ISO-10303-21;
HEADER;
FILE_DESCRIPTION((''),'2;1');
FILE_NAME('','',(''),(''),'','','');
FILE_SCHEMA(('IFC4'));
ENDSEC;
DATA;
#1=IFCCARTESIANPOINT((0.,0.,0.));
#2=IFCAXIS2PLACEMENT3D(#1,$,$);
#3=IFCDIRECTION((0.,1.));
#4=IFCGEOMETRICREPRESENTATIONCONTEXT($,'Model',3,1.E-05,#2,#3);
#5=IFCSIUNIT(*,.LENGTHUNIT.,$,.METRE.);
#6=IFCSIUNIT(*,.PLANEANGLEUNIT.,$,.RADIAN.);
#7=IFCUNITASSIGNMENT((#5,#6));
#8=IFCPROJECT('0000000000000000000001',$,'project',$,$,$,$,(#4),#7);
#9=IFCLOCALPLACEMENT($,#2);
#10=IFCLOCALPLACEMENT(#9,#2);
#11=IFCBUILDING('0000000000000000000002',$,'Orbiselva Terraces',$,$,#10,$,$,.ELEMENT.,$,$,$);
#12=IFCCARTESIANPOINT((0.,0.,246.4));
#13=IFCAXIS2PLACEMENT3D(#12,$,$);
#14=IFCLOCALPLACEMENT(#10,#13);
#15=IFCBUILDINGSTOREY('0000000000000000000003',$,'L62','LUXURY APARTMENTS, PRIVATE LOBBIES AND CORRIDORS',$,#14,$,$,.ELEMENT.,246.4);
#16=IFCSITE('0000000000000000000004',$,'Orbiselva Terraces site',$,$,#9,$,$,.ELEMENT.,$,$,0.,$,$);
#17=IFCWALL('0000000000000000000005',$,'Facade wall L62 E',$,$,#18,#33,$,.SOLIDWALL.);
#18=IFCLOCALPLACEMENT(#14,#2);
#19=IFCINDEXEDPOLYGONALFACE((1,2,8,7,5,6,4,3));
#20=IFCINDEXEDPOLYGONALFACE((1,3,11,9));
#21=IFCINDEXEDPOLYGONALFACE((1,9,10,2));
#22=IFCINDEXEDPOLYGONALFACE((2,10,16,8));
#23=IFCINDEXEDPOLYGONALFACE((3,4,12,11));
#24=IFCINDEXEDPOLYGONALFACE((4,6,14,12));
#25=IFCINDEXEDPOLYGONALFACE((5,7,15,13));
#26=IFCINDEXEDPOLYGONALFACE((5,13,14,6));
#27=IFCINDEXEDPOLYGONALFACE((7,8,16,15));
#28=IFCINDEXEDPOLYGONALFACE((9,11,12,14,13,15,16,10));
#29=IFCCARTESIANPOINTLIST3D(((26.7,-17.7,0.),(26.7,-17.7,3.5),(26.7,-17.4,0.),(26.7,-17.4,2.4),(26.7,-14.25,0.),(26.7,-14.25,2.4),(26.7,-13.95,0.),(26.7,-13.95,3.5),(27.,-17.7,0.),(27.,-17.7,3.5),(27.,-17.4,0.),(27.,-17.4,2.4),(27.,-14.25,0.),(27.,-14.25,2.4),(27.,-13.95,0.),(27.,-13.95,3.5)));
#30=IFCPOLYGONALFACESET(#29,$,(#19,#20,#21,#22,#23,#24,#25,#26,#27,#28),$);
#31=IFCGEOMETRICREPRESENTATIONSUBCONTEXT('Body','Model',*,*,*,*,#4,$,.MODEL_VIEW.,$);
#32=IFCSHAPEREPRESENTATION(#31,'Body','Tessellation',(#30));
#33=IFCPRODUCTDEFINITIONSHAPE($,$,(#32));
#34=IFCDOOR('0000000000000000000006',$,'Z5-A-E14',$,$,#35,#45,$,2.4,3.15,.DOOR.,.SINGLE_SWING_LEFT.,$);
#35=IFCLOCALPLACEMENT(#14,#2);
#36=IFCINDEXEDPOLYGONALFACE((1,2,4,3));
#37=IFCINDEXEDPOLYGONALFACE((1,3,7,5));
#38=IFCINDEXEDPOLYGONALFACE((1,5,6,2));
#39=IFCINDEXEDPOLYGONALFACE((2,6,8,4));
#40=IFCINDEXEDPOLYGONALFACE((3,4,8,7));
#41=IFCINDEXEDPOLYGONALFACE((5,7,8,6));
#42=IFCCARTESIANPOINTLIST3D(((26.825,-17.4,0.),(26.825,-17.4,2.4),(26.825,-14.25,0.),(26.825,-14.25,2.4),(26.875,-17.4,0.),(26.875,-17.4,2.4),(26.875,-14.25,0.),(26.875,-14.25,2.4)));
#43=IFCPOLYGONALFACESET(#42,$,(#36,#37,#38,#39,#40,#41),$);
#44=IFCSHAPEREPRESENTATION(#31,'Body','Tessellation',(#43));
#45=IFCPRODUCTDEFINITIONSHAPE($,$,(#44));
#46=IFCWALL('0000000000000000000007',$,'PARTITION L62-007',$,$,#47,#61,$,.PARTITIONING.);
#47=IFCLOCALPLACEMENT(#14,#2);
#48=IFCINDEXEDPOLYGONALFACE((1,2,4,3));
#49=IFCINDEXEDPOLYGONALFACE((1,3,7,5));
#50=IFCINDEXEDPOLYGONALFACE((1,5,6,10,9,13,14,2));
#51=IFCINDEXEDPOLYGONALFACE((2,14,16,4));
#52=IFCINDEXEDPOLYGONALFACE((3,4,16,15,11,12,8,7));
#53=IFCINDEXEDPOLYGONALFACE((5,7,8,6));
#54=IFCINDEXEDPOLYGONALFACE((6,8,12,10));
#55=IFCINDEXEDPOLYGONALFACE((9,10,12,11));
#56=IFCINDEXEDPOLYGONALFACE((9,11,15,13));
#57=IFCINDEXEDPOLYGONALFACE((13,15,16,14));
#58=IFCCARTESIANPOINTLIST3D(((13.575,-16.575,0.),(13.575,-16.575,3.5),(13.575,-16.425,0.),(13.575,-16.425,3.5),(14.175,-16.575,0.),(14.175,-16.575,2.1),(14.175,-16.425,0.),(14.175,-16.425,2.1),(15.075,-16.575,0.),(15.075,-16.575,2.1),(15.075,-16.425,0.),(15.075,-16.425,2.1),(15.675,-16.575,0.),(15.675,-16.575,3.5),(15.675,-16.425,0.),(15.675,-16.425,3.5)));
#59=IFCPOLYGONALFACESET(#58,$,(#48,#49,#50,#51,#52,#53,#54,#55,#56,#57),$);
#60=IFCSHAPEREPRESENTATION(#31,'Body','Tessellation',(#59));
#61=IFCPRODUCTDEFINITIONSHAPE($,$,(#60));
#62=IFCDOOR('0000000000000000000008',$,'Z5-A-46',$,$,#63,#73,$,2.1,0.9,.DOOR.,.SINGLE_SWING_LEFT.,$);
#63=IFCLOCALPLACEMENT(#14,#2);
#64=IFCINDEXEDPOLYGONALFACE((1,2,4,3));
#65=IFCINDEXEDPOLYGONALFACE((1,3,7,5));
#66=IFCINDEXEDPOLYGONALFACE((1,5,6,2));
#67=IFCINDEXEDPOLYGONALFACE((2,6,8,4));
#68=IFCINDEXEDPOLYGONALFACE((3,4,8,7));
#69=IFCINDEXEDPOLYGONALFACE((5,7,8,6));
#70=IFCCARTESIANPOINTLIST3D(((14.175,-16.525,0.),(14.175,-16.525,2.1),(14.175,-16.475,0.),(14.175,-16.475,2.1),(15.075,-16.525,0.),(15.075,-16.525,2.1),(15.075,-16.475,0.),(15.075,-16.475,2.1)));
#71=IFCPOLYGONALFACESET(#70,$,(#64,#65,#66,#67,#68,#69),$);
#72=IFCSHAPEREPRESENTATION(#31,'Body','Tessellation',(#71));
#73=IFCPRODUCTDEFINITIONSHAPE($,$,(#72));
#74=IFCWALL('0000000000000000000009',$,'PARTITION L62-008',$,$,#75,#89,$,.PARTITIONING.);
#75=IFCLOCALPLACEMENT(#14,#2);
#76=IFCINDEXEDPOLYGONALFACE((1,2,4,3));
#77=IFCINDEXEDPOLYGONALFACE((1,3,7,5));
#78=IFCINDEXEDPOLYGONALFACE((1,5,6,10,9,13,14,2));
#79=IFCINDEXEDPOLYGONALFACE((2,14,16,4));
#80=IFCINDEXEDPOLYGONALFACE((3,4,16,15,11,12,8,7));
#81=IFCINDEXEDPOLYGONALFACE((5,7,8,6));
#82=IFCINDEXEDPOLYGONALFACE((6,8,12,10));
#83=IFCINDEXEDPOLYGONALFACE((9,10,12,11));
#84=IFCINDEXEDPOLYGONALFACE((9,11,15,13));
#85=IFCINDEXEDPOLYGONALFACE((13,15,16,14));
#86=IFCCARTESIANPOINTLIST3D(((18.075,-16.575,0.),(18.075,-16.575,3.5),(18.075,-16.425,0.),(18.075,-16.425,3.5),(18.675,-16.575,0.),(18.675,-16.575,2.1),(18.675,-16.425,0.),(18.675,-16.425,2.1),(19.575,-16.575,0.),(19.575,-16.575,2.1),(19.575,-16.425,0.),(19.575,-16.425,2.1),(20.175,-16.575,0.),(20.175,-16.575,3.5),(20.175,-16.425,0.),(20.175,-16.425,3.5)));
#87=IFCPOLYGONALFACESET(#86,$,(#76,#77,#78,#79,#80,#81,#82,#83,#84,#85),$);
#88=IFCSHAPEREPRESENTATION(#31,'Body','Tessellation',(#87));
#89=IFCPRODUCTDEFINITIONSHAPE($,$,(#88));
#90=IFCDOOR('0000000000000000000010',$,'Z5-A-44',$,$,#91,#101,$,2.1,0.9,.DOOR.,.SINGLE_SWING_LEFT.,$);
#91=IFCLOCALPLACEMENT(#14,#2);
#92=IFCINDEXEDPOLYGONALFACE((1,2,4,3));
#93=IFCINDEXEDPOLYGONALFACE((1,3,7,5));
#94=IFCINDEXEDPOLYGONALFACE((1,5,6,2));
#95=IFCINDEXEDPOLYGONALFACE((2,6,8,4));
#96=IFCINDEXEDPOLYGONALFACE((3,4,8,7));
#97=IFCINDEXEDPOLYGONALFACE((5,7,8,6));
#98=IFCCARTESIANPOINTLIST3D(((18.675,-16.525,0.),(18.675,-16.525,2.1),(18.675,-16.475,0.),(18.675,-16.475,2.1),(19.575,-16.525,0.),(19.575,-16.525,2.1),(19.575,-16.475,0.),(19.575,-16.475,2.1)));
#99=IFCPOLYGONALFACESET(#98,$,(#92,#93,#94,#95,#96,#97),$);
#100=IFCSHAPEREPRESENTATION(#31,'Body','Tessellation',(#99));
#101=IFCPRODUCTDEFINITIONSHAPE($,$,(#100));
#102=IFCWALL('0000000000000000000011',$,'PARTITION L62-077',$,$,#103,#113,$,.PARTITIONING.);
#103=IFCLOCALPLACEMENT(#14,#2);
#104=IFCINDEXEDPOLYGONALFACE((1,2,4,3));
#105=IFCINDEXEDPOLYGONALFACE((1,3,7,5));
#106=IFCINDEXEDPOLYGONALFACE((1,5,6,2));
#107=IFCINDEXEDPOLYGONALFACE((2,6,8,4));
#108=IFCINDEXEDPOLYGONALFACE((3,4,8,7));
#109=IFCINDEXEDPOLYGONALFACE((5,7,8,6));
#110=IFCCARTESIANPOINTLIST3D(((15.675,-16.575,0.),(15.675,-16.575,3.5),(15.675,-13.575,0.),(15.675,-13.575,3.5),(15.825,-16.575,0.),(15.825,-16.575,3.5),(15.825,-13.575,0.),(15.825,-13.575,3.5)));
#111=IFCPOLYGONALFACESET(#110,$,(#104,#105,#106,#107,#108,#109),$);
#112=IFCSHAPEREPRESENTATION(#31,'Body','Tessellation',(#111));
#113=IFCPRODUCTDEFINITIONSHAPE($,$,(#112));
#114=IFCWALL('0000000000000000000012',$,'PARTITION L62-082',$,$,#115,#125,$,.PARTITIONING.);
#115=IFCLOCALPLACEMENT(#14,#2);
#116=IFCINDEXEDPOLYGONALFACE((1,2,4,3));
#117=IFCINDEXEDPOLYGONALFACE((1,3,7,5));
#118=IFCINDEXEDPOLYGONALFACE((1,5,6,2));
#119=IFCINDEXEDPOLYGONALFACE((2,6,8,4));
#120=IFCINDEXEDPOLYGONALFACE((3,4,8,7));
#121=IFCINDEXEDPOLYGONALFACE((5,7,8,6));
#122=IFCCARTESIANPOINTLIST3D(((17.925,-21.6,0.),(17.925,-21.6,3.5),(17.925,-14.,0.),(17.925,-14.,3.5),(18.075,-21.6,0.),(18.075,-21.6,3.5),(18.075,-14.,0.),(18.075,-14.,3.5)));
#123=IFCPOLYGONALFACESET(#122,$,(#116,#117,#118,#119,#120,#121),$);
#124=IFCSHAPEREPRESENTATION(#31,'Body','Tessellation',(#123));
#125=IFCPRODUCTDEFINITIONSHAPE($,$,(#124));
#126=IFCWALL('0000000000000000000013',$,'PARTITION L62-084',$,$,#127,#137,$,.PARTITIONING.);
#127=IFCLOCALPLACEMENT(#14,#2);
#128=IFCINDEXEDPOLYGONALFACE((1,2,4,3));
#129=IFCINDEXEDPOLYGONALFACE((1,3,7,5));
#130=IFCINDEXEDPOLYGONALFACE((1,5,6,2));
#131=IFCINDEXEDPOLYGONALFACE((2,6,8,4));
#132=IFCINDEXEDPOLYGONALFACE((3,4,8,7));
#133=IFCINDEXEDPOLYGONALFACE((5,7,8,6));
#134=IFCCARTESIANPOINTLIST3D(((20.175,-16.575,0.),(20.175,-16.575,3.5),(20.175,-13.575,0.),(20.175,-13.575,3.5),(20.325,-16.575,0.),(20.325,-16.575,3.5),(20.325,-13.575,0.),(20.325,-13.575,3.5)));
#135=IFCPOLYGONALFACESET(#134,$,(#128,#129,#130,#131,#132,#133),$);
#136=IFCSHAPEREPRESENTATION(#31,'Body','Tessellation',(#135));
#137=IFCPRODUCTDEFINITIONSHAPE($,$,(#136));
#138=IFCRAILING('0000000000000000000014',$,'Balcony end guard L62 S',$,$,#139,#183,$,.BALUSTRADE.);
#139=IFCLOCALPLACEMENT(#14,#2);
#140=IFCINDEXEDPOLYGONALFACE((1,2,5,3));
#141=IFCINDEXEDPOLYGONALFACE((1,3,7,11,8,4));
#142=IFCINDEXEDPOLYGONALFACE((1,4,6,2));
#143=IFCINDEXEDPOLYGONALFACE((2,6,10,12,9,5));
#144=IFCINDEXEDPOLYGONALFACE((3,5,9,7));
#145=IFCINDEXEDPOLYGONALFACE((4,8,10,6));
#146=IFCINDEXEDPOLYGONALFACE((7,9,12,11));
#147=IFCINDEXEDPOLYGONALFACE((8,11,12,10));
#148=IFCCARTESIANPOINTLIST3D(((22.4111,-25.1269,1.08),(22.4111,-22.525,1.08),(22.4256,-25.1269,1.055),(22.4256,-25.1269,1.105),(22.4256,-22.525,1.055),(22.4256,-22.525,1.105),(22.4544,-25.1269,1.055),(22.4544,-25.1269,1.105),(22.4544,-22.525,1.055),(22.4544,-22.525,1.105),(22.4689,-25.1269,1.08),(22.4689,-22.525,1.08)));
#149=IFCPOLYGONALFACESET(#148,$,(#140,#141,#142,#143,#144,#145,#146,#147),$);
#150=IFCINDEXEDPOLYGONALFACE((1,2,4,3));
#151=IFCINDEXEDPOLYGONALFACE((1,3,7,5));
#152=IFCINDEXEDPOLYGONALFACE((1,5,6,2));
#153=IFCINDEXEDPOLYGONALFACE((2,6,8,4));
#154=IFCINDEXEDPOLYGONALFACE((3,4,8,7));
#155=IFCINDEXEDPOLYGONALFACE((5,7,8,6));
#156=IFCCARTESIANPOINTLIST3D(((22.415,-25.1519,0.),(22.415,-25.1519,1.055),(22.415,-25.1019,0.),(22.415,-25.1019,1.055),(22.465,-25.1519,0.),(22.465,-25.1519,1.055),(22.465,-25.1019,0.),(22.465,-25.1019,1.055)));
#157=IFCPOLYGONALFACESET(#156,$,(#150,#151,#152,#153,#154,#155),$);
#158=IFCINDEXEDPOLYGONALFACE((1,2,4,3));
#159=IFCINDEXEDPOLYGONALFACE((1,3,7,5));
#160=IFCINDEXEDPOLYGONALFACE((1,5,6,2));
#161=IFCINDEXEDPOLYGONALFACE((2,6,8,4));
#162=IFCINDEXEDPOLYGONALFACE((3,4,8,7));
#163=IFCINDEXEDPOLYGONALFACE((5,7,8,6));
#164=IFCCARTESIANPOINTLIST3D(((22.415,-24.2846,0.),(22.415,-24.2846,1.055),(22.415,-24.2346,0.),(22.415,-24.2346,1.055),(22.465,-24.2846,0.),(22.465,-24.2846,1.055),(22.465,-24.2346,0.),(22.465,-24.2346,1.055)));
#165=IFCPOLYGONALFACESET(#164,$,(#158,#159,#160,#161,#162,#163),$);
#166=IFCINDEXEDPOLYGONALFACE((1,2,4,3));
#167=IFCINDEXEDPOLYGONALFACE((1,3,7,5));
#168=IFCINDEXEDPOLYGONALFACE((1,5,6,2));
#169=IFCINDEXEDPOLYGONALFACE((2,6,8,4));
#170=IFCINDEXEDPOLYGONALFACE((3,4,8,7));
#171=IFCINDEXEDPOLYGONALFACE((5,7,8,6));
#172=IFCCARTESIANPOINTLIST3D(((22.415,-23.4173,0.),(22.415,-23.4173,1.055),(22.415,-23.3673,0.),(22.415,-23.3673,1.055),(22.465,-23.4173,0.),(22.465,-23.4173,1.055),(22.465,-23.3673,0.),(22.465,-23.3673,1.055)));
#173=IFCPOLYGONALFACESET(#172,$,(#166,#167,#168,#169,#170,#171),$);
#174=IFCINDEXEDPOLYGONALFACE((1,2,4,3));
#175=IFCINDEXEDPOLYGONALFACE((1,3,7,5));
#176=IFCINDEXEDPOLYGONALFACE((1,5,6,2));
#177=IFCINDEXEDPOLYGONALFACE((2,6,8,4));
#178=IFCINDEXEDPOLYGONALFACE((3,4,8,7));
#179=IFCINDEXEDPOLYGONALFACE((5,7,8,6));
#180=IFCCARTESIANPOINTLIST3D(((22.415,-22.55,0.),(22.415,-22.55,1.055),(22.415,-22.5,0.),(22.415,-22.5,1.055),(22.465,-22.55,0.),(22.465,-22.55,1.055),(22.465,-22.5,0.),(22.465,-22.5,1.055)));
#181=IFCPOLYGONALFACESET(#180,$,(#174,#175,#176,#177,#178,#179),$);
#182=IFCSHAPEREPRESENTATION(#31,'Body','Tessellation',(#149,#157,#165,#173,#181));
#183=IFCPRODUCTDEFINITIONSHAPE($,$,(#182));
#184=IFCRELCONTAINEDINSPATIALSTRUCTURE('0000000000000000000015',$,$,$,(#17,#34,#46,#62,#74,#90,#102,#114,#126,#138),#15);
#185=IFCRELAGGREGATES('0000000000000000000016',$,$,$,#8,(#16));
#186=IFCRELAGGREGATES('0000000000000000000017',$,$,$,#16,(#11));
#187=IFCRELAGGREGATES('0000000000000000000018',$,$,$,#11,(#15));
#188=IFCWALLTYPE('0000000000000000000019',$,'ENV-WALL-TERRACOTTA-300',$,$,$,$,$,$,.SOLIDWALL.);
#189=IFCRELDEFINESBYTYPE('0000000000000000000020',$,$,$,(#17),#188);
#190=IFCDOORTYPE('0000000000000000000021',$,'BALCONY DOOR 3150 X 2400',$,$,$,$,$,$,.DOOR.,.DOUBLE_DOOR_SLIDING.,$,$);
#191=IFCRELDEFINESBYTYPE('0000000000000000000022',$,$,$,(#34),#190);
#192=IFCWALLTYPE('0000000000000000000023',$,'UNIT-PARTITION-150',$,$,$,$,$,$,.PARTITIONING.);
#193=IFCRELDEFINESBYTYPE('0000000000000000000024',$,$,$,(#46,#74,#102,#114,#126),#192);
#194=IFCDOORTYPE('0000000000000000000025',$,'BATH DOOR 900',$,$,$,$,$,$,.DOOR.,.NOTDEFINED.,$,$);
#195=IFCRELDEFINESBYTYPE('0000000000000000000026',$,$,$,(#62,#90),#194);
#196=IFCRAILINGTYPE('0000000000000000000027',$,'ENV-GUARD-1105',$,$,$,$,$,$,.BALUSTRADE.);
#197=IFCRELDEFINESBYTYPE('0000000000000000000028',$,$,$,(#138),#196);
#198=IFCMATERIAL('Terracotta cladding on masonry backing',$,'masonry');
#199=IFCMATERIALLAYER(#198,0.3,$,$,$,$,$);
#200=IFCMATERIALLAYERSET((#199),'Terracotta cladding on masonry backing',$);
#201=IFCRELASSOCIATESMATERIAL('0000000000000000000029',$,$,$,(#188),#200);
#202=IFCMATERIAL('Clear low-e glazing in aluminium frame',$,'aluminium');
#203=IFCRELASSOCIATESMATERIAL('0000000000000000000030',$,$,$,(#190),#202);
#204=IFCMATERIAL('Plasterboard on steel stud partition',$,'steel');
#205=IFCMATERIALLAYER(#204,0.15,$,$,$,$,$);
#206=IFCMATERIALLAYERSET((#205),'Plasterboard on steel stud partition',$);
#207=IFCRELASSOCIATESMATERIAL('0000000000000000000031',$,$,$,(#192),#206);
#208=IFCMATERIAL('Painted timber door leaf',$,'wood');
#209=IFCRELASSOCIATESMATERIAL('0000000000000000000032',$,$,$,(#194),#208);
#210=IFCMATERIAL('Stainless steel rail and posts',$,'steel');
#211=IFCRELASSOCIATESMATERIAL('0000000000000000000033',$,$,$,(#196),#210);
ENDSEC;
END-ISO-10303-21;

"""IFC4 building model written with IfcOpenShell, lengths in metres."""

from ifc_helpers import new_model, si_unit, direction, frame, frame_2d, origin, origin_2d, place, context, subcontext, project, spatial, polyline, rectangle, outline, extrude, material, layer, layer_set, type_object, element, fill, save


model = new_model("IFC4")

# Units and contexts
model_context = context("Model", 3, precision=1e-05, world=origin(), true_north=direction((0.0, 1.0)))
body_context = subcontext(model_context, "Body", "Model", "MODEL_VIEW")
ifc_project = project(units=[si_unit("LENGTHUNIT", "METRE"), si_unit("PLANEANGLEUNIT", "RADIAN")], contexts=[model_context])

# Site, building, storey
site_placement = place(None, origin())
site = spatial("IfcSite", under=ifc_project, at=site_placement, Name="Orbiselva Terraces site", CompositionType="ELEMENT", RefElevation=0.0)
building_placement = place(site_placement, origin())
building = spatial("IfcBuilding", under=site, at=building_placement, Name="Orbiselva Terraces", CompositionType="ELEMENT")
storey_placement = place(building_placement, frame((0.0, 0.0, 246.4)))
storey = spatial("IfcBuildingStorey", under=building, at=storey_placement, Name="L62", Description="LUXURY APARTMENTS, PRIVATE LOBBIES AND CORRIDORS", CompositionType="ELEMENT", Elevation=246.4)

# Shared definitions
ifc_material_1 = material(Name="Terracotta cladding on masonry backing", Category="masonry")
ifc_layer_1 = layer(ifc_material_1, 0.3)
ifc_layer_set_1 = layer_set([ifc_layer_1], Name="Terracotta cladding on masonry backing")
wall_type_1 = type_object("IfcWallType", Name="ENV-WALL-TERRACOTTA-300", PredefinedType="SOLIDWALL", material=ifc_layer_set_1)
ifc_material_2 = material(Name="Clear low-e glazing in aluminium frame", Category="aluminium")

# Walls, openings, doors
wall_1_placement = place(storey_placement, frame((26.85, -13.95, 0.0), z_axis=(0.0, 0.0, 1.0), x_axis=(0.0, -1.0, 0.0)))
wall_1 = element("IfcWall", 1, at=wall_1_placement, inside=storey, type_object=wall_type_1, Name="Facade wall L62 E", PredefinedType="SOLIDWALL", context=body_context, shape_type="SweptSolid", body=[
    extrude(rectangle(XDim=3.75, YDim=0.3, at=frame_2d((1.875, 0.0))), origin(), (0.0, 0.0, 1.0), 3.5),
])
opening_1_placement = place(wall_1_placement, frame((0.3, 0.0, 0.0)))
opening_1 = element("IfcOpeningElement", 2, at=opening_1_placement, cuts=wall_1, PredefinedType="OPENING", context=body_context, shape_type="SweptSolid", body=[
    extrude(rectangle(XDim=3.15, YDim=2.4, at=frame_2d((1.575, 1.2))), frame((0.0, 0.16, 0.0), z_axis=(0.0, -1.0, 0.0), x_axis=(1.0, 0.0, 0.0)), (0.0, 0.0, 1.0), 0.32),
])
door_type_1 = type_object("IfcDoorType", Name="BALCONY DOOR 3150 X 2400", OperationType="DOUBLE_DOOR_SLIDING", PredefinedType="DOOR", material=ifc_material_2)
door_1_placement = place(opening_1_placement, origin())
door_1 = element("IfcDoor", 3, at=door_1_placement, inside=storey, type_object=door_type_1, Name="Z5-A-E14", OperationType="SINGLE_SWING_LEFT", OverallHeight=2.4, OverallWidth=3.15, PredefinedType="DOOR", context=body_context, shape_type="SweptSolid", body=[
    extrude(rectangle(XDim=3.15, YDim=2.4, at=frame_2d((1.575, 1.2))), frame((0.0, 0.025, 0.0), z_axis=(0.0, -1.0, 0.0), x_axis=(1.0, 0.0, 0.0)), (0.0, 0.0, 1.0), 0.05),
])
fill(opening_1, door_1)
ifc_material_3 = material(Name="Plasterboard on steel stud partition", Category="steel")
ifc_layer_2 = layer(ifc_material_3, 0.15)
ifc_layer_set_2 = layer_set([ifc_layer_2], Name="Plasterboard on steel stud partition")
wall_type_2 = type_object("IfcWallType", Name="UNIT-PARTITION-150", PredefinedType="PARTITIONING", material=ifc_layer_set_2)
wall_2_placement = place(storey_placement, frame((13.575, -16.5, 0.0), z_axis=(0.0, 0.0, 1.0), x_axis=(1.0, 0.0, 0.0)))
wall_2 = element("IfcWall", 4, at=wall_2_placement, inside=storey, type_object=wall_type_2, Name="PARTITION L62-007", PredefinedType="PARTITIONING", context=body_context, shape_type="SweptSolid", body=[
    extrude(rectangle(XDim=2.1, YDim=0.15, at=frame_2d((1.05, 0.0))), origin(), (0.0, 0.0, 1.0), 3.5),
])
opening_2_placement = place(wall_2_placement, frame((0.6, 0.0, 0.0)))
opening_2 = element("IfcOpeningElement", 5, at=opening_2_placement, cuts=wall_2, PredefinedType="OPENING", context=body_context, shape_type="SweptSolid", body=[
    extrude(rectangle(XDim=0.9, YDim=2.1, at=frame_2d((0.45, 1.05))), frame((0.0, 0.085, 0.0), z_axis=(0.0, -1.0, 0.0), x_axis=(1.0, 0.0, 0.0)), (0.0, 0.0, 1.0), 0.17),
])
ifc_material_4 = material(Name="Painted timber door leaf", Category="wood")
door_type_2 = type_object("IfcDoorType", Name="BATH DOOR 900", OperationType="NOTDEFINED", PredefinedType="DOOR", material=ifc_material_4)
door_2_placement = place(opening_2_placement, origin())
door_2 = element("IfcDoor", 6, at=door_2_placement, inside=storey, type_object=door_type_2, Name="Z5-A-46", OperationType="SINGLE_SWING_LEFT", OverallHeight=2.1, OverallWidth=0.9, PredefinedType="DOOR", context=body_context, shape_type="SweptSolid", body=[
    extrude(rectangle(XDim=0.9, YDim=2.1, at=frame_2d((0.45, 1.05))), frame((0.0, 0.025, 0.0), z_axis=(0.0, -1.0, 0.0), x_axis=(1.0, 0.0, 0.0)), (0.0, 0.0, 1.0), 0.05),
])
fill(opening_2, door_2)
wall_3_placement = place(storey_placement, frame((18.075, -16.5, 0.0), z_axis=(0.0, 0.0, 1.0), x_axis=(1.0, 0.0, 0.0)))
wall_3 = element("IfcWall", 7, at=wall_3_placement, inside=storey, type_object=wall_type_2, Name="PARTITION L62-008", PredefinedType="PARTITIONING", context=body_context, shape_type="SweptSolid", body=[
    extrude(rectangle(XDim=2.1, YDim=0.15, at=frame_2d((1.05, 0.0))), origin(), (0.0, 0.0, 1.0), 3.5),
])
opening_3_placement = place(wall_3_placement, frame((0.6, 0.0, 0.0)))
opening_3 = element("IfcOpeningElement", 8, at=opening_3_placement, cuts=wall_3, PredefinedType="OPENING", context=body_context, shape_type="SweptSolid", body=[
    extrude(rectangle(XDim=0.9, YDim=2.1, at=frame_2d((0.45, 1.05))), frame((0.0, 0.085, 0.0), z_axis=(0.0, -1.0, 0.0), x_axis=(1.0, 0.0, 0.0)), (0.0, 0.0, 1.0), 0.17),
])
door_3_placement = place(opening_3_placement, origin())
door_3 = element("IfcDoor", 9, at=door_3_placement, inside=storey, type_object=door_type_2, Name="Z5-A-44", OperationType="SINGLE_SWING_LEFT", OverallHeight=2.1, OverallWidth=0.9, PredefinedType="DOOR", context=body_context, shape_type="SweptSolid", body=[
    extrude(rectangle(XDim=0.9, YDim=2.1, at=frame_2d((0.45, 1.05))), frame((0.0, 0.025, 0.0), z_axis=(0.0, -1.0, 0.0), x_axis=(1.0, 0.0, 0.0)), (0.0, 0.0, 1.0), 0.05),
])
fill(opening_3, door_3)

# Walls
wall_4_placement = place(storey_placement, frame((15.75, -16.575, 0.0), z_axis=(0.0, 0.0, 1.0), x_axis=(0.0, 1.0, 0.0)))
element("IfcWall", 10, at=wall_4_placement, inside=storey, type_object=wall_type_2, Name="PARTITION L62-077", PredefinedType="PARTITIONING", context=body_context, shape_type="SweptSolid", body=[
    extrude(rectangle(XDim=3.0, YDim=0.15, at=frame_2d((1.5, 0.0))), origin(), (0.0, 0.0, 1.0), 3.5),
])
wall_5_placement = place(storey_placement, frame((18.0, -21.6, 0.0), z_axis=(0.0, 0.0, 1.0), x_axis=(0.0, 1.0, 0.0)))
element("IfcWall", 11, at=wall_5_placement, inside=storey, type_object=wall_type_2, Name="PARTITION L62-082", PredefinedType="PARTITIONING", context=body_context, shape_type="SweptSolid", body=[
    extrude(rectangle(XDim=7.6, YDim=0.15, at=frame_2d((3.8, 0.0))), origin(), (0.0, 0.0, 1.0), 3.5),
])
wall_6_placement = place(storey_placement, frame((20.25, -16.575, 0.0), z_axis=(0.0, 0.0, 1.0), x_axis=(0.0, 1.0, 0.0)))
element("IfcWall", 12, at=wall_6_placement, inside=storey, type_object=wall_type_2, Name="PARTITION L62-084", PredefinedType="PARTITIONING", context=body_context, shape_type="SweptSolid", body=[
    extrude(rectangle(XDim=3.0, YDim=0.15, at=frame_2d((1.5, 0.0))), origin(), (0.0, 0.0, 1.0), 3.5),
])

# Railing
ifc_material_5 = material(Name="Stainless steel rail and posts", Category="steel")
railing_type_1 = type_object("IfcRailingType", Name="ENV-GUARD-1105", PredefinedType="BALUSTRADE", material=ifc_material_5)
railing_1_placement = place(storey_placement, frame((22.44, -25.1269, 0.0)))
element("IfcRailing", 13, at=railing_1_placement, inside=storey, type_object=railing_type_1, Name="Balcony end guard L62 S", PredefinedType="BALUSTRADE", context=body_context, shape_type="SweptSolid", body=[
    extrude(outline(polyline([(0.0289, 0.0), (0.0144, 0.025), (-0.0144, 0.025), (-0.0289, 0.0), (-0.0144, -0.025), (0.0144, -0.025), (0.0289, 0.0)])), frame((0.0, 0.0, 1.08), z_axis=(0.0, 1.0, 0.0), x_axis=(-1.0, 0.0, 0.0)), (0.0, 0.0, 1.0), 2.6019),
    extrude(rectangle(XDim=0.05, YDim=0.05, at=origin_2d()), origin(), (0.0, 0.0, 1.0), 1.055),
    extrude(rectangle(XDim=0.05, YDim=0.05, at=origin_2d()), frame((0.0, 0.8673, 0.0)), (0.0, 0.0, 1.0), 1.055),
    extrude(rectangle(XDim=0.05, YDim=0.05, at=origin_2d()), frame((0.0, 1.7346, 0.0)), (0.0, 0.0, 1.0), 1.055),
    extrude(rectangle(XDim=0.05, YDim=0.05, at=origin_2d()), frame((0.0, 2.6019, 0.0)), (0.0, 0.0, 1.0), 1.055),
])

save(model, "model.ifc")
